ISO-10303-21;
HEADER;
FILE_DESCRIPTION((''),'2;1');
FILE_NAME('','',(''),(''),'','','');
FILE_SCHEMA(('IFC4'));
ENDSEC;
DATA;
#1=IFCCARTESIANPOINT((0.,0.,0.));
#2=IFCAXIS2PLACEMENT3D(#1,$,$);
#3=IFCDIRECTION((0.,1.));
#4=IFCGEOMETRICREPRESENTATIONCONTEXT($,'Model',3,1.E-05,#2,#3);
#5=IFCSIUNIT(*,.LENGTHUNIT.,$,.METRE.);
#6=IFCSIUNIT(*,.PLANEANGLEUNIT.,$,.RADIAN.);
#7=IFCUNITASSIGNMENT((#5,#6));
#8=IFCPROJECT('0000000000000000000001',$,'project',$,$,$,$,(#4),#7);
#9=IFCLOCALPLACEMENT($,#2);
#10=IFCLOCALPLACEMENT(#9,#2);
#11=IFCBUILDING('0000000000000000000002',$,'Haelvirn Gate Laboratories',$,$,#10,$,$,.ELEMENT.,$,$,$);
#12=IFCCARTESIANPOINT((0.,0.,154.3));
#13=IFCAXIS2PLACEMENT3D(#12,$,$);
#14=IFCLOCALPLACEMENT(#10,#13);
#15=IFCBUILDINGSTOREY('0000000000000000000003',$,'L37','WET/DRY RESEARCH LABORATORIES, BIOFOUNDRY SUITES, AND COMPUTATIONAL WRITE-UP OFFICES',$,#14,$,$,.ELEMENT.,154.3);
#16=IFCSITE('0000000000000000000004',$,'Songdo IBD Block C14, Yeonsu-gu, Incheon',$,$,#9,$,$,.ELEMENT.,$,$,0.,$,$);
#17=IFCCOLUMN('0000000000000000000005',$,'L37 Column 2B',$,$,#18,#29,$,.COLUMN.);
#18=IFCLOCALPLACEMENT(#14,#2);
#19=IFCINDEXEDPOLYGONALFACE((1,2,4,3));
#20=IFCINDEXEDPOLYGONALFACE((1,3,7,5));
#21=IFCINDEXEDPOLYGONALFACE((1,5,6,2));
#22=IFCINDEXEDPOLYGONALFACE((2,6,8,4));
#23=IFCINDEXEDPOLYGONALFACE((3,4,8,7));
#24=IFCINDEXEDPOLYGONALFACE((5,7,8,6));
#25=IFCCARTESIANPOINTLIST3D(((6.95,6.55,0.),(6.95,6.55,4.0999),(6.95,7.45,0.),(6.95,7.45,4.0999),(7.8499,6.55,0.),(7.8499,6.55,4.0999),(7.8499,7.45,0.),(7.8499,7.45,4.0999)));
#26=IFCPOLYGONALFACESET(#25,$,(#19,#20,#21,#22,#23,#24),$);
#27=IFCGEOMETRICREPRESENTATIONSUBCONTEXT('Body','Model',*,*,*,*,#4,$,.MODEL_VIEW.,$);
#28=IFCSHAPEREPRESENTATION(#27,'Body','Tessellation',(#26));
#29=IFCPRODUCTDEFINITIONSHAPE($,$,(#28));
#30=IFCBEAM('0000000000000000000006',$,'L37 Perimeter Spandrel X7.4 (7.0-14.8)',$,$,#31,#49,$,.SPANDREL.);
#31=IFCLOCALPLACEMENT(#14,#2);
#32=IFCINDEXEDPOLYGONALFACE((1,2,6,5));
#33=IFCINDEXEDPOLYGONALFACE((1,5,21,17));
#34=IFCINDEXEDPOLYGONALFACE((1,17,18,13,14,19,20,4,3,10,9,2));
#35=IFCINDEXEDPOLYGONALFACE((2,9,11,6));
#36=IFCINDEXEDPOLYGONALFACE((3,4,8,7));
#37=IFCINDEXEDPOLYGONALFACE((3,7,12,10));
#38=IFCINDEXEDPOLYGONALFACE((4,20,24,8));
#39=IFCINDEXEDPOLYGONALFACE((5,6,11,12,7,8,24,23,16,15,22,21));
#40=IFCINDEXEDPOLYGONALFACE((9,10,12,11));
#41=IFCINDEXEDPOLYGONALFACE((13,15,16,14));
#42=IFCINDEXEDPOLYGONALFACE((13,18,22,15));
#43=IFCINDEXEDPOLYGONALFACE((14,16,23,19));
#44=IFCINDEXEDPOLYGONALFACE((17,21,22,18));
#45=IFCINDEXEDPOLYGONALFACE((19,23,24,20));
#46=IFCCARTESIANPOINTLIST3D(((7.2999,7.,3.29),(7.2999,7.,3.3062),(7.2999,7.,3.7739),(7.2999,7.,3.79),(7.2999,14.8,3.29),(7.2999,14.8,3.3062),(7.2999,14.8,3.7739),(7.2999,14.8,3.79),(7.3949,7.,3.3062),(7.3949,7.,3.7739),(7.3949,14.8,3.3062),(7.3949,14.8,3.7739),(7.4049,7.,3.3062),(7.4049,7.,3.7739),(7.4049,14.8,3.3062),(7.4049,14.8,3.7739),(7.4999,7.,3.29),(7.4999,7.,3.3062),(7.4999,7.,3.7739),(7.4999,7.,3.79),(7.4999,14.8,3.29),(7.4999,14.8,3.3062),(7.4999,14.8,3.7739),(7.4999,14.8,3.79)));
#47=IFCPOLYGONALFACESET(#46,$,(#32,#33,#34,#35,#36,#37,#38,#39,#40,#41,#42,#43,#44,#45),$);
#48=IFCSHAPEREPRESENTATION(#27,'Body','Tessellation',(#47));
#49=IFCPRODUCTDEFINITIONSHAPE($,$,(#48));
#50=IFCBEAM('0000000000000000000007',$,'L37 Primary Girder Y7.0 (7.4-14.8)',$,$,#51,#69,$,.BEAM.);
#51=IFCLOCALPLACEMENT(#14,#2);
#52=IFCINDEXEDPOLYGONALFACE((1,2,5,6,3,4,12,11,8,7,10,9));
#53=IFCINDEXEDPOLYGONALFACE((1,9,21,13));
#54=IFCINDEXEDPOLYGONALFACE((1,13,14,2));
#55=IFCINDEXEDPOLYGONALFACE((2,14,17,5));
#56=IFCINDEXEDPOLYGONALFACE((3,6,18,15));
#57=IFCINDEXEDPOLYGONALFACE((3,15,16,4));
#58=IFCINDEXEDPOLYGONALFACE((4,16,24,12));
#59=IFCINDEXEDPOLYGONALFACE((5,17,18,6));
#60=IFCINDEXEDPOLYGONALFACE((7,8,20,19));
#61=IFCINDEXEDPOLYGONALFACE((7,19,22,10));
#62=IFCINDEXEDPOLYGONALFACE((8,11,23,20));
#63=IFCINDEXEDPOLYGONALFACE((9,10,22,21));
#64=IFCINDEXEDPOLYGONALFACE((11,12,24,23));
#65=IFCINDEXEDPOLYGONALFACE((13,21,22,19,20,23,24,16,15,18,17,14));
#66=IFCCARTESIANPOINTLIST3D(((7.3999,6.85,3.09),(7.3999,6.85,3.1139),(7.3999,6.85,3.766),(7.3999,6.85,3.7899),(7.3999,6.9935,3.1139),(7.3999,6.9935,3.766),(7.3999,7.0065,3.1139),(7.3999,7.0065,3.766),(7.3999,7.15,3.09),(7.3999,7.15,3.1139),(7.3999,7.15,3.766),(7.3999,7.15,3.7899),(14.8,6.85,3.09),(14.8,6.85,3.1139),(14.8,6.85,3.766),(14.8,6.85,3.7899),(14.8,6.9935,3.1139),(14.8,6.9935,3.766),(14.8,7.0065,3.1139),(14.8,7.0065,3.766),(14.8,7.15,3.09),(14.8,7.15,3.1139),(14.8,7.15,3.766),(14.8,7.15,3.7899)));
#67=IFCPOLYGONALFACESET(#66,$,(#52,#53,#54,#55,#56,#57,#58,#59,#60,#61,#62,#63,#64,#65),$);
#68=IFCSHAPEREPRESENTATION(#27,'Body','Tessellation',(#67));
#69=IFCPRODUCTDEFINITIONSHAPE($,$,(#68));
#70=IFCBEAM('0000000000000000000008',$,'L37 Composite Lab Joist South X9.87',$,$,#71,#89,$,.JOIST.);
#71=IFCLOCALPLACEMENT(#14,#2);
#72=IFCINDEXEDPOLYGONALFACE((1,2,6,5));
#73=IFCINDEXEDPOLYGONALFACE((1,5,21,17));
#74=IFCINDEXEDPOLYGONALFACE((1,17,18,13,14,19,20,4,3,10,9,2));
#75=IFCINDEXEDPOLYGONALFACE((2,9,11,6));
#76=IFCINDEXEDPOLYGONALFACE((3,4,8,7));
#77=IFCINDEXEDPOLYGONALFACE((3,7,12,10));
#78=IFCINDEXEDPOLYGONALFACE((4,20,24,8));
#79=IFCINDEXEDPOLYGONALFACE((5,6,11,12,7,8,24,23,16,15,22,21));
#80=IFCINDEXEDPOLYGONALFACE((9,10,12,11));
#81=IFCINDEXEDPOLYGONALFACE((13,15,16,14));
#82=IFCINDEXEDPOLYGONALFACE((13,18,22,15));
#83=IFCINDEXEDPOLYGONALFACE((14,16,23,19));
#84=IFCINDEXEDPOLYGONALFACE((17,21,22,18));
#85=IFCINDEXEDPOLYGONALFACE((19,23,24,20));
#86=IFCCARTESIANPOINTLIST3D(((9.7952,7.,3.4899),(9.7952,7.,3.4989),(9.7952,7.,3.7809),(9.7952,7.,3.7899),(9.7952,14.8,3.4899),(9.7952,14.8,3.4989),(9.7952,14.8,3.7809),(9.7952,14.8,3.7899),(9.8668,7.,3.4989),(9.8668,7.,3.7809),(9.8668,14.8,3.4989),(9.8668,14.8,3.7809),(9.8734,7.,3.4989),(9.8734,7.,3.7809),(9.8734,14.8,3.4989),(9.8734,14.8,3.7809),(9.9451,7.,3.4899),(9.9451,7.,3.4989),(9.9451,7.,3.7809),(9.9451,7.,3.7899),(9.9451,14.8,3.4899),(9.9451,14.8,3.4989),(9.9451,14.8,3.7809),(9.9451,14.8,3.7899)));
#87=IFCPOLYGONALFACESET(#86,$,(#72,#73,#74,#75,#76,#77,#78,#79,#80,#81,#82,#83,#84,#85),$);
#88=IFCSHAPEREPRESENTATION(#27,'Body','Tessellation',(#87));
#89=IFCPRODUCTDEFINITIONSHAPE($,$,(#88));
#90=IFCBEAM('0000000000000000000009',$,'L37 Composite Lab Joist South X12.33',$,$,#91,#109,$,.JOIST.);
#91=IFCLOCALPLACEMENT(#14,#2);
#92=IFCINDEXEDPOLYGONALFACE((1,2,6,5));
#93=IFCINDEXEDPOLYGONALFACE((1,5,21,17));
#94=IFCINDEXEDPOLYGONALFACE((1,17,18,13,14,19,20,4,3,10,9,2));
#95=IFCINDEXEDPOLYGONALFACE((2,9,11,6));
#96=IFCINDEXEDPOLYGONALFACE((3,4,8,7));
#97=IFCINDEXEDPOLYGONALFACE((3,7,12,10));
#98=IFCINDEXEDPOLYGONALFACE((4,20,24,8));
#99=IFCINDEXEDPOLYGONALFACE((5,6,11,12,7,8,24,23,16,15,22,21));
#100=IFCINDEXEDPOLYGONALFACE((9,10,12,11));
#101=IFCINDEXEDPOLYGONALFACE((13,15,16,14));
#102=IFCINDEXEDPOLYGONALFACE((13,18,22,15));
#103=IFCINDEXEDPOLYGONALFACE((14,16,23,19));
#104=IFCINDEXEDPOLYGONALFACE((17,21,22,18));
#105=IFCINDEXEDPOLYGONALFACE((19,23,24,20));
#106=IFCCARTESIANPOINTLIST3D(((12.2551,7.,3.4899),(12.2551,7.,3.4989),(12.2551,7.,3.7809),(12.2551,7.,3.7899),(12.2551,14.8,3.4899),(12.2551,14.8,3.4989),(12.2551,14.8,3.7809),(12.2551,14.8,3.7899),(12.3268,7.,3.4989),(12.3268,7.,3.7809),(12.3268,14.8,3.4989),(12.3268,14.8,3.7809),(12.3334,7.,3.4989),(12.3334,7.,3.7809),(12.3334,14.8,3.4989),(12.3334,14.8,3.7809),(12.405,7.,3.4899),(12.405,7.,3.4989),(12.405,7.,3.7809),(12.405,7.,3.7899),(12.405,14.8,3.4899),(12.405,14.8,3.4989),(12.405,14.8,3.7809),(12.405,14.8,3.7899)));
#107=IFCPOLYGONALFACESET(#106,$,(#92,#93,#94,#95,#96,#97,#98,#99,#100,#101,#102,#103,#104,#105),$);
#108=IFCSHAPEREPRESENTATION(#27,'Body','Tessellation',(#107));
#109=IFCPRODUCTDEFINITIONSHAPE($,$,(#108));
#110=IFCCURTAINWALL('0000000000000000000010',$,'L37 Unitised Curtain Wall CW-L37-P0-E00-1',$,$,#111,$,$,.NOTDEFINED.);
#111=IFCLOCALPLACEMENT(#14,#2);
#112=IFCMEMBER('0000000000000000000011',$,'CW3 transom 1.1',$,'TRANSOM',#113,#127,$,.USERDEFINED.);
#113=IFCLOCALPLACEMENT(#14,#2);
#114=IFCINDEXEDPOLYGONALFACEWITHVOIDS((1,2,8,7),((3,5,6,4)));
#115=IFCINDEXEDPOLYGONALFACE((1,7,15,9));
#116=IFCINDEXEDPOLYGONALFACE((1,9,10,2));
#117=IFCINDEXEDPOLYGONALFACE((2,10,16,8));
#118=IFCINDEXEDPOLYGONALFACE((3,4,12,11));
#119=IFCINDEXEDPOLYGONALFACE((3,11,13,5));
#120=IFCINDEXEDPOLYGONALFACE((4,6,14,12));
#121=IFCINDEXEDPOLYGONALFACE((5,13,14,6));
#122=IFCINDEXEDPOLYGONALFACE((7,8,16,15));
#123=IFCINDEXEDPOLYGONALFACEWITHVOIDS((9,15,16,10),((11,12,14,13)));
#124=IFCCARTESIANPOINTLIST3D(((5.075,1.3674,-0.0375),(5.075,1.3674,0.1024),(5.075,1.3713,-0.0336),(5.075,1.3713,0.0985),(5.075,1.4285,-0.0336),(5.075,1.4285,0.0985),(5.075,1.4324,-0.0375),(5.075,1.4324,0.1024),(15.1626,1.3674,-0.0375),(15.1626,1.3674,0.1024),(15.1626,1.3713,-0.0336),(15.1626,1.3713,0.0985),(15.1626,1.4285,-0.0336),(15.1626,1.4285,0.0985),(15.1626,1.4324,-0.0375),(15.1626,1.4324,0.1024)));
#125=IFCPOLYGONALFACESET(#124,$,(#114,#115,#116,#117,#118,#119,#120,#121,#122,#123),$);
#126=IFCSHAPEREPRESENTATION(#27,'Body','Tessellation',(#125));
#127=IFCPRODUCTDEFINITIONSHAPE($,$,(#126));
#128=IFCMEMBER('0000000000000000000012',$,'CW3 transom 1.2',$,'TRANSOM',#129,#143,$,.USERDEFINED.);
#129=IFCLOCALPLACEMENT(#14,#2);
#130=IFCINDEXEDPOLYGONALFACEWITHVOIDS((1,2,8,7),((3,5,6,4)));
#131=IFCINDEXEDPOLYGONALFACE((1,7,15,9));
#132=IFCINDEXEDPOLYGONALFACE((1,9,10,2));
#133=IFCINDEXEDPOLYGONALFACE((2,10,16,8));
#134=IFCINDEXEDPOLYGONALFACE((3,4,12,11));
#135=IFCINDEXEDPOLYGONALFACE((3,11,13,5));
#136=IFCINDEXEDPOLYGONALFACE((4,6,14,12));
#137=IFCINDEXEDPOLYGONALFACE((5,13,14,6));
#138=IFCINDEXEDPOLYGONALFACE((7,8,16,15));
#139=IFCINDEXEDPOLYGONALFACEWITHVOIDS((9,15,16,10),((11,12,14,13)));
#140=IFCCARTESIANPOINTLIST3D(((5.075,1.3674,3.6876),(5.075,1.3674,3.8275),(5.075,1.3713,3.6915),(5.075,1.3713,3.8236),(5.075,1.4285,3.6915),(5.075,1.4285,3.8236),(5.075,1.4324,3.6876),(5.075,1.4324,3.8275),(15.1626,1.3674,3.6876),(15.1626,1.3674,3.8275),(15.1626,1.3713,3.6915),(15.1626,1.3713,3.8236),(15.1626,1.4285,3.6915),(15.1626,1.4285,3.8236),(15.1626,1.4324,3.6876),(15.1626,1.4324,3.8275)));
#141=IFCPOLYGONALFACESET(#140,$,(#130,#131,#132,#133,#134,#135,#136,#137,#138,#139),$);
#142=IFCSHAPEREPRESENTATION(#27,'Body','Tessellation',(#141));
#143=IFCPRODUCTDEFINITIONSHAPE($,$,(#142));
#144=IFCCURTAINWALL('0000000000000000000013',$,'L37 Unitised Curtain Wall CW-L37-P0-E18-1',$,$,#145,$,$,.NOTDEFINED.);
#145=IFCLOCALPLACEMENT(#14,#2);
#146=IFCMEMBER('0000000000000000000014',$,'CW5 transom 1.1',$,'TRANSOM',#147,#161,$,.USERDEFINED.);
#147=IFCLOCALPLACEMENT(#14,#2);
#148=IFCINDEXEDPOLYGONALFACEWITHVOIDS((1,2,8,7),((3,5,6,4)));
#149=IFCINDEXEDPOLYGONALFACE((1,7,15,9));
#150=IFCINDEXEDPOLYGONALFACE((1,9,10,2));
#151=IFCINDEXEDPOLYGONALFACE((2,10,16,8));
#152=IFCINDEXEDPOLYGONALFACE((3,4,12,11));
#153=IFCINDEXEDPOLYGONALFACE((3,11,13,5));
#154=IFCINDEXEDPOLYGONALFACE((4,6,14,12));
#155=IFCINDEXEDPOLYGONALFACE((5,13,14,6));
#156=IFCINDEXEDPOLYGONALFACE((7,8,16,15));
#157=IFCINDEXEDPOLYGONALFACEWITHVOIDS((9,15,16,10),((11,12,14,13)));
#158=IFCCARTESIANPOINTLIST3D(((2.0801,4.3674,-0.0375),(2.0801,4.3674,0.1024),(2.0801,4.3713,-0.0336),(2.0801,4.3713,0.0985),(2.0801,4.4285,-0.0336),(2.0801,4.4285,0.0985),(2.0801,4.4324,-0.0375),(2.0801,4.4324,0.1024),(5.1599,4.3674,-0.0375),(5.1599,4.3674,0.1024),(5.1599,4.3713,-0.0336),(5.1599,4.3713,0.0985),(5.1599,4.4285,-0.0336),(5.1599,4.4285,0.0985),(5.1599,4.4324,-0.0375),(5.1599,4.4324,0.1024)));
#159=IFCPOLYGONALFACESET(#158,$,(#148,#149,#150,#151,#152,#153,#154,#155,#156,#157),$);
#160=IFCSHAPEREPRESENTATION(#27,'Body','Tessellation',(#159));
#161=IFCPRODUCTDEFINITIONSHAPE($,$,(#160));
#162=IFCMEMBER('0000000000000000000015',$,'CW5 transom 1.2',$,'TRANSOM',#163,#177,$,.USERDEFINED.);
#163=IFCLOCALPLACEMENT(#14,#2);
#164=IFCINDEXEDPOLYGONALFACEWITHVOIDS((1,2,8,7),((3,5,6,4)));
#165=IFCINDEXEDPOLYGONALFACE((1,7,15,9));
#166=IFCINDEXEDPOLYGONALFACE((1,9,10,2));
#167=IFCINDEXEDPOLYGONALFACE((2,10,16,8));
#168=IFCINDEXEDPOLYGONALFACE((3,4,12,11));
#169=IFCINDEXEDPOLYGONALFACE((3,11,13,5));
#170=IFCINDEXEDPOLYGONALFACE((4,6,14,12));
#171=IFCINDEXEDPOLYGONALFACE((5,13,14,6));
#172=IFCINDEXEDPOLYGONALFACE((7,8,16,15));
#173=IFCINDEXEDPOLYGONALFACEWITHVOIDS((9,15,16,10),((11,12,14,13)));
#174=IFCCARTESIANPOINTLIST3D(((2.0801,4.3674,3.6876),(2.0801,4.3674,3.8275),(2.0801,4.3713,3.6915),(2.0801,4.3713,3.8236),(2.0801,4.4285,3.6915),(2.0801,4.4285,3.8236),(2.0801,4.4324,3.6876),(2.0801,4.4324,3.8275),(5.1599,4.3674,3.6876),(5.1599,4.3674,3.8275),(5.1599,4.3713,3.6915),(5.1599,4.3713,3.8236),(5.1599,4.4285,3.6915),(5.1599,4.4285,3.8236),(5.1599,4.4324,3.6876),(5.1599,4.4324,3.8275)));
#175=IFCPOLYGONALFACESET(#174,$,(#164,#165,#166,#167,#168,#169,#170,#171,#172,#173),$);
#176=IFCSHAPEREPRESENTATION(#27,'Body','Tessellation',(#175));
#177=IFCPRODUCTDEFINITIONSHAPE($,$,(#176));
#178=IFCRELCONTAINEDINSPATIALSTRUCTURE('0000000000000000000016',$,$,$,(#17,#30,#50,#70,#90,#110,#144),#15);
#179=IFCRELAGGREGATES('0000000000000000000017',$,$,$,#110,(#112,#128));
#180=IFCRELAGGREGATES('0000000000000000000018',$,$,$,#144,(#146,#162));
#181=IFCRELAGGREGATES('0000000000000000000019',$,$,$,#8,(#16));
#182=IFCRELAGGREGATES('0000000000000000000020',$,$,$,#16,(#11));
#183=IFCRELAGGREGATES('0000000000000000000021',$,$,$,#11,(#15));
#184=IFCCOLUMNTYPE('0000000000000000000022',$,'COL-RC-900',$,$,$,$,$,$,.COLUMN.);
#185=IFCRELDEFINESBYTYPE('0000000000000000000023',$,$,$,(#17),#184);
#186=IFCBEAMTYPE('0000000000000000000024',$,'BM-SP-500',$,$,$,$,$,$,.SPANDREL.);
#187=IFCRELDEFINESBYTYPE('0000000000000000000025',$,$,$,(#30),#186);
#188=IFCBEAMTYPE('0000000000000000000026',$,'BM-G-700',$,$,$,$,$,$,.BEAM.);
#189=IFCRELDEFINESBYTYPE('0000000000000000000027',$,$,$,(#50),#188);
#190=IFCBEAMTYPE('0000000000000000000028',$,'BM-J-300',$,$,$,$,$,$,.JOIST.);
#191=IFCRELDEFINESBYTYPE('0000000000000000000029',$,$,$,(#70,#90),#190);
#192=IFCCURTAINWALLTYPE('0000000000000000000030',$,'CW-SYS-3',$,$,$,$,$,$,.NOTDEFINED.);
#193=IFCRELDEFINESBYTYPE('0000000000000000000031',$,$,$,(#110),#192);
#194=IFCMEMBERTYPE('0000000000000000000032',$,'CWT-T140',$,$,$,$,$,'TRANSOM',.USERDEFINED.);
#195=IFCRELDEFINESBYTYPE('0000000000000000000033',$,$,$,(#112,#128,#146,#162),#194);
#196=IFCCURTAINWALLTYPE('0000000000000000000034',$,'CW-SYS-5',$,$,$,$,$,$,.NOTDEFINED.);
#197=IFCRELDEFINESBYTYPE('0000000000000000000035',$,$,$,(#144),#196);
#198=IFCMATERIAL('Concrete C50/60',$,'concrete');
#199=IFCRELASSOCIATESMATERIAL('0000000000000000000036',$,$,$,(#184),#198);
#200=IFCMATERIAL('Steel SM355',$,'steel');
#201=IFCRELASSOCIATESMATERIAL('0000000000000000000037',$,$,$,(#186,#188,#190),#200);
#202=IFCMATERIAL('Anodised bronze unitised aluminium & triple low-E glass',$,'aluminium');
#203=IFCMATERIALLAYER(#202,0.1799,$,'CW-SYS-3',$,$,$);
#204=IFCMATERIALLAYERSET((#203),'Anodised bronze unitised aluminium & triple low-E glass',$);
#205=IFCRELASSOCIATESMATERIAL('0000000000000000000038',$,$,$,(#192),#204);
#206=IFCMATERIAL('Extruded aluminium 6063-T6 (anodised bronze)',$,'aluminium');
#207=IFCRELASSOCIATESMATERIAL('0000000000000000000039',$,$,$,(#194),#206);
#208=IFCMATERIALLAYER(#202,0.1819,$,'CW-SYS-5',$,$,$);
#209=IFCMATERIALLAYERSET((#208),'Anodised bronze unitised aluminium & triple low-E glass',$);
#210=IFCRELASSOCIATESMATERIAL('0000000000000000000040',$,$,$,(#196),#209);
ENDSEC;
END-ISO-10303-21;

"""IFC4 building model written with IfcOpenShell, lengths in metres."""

from ifc_helpers import new_model, si_unit, direction, frame, origin, origin_2d, place, context, subcontext, project, spatial, rectangle, hollow_rectangle, i_section, extrude, source, transform, mapped, material, layer, layer_set, material_profile, profile_set, type_object, type_shapes, element, aggregate, save


model = new_model("IFC4")

# Units and contexts
model_context = context("Model", 3, precision=1e-05, world=origin(), true_north=direction((0.0, 1.0)))
body_context = subcontext(model_context, "Body", "Model", "MODEL_VIEW")
ifc_project = project(units=[si_unit("LENGTHUNIT", "METRE"), si_unit("PLANEANGLEUNIT", "RADIAN")], contexts=[model_context])

# Site, building, storey
site_placement = place(None, origin())
site = spatial("IfcSite", under=ifc_project, at=site_placement, Name="Songdo IBD Block C14, Yeonsu-gu, Incheon", CompositionType="ELEMENT", RefElevation=0.0)
building_placement = place(site_placement, origin())
building = spatial("IfcBuilding", under=site, at=building_placement, Name="Haelvirn Gate Laboratories", CompositionType="ELEMENT")
storey_placement = place(building_placement, frame((0.0, 0.0, 154.3)))
storey = spatial("IfcBuildingStorey", under=building, at=storey_placement, Name="L37", Description="WET/DRY RESEARCH LABORATORIES, BIOFOUNDRY SUITES, AND COMPUTATIONAL WRITE-UP OFFICES", CompositionType="ELEMENT", Elevation=154.3)

# Column
ifc_material_1 = material(Name="Concrete C50/60", Category="concrete")
ifc_material_profile_1 = material_profile(ifc_material_1, rectangle(XDim=0.8999, YDim=0.8999, at=origin_2d()), Name="RC-900x900")
ifc_profile_set_1 = profile_set([ifc_material_profile_1], Name="Concrete C50/60")
column_type = type_object("IfcColumnType", Name="COL-RC-900", PredefinedType="COLUMN", material=ifc_profile_set_1)
shared_shape_1 = source(origin(), body_context, "Body", "SweptSolid", [
    extrude(rectangle(XDim=0.8999, YDim=0.8999, at=origin_2d()), origin(), (0.0, 0.0, 1.0), 4.0999),
])
type_shapes(column_type, [shared_shape_1])
column_placement = place(storey_placement, frame((7.3999, 7.0, 0.0), z_axis=(0.0, 0.0, 1.0), x_axis=(1.0, 0.0, 0.0)))
element("IfcColumn", 1, at=column_placement, inside=storey, type_object=column_type, Name="L37 Column 2B", PredefinedType="COLUMN", context=body_context, shape_type="MappedRepresentation", body=[
    mapped(shared_shape_1, transform((0.0, 0.0, 0.0), scale=1.0)),
])

# Beams
ifc_material_2 = material(Name="Steel SM355", Category="steel")
ifc_material_profile_2 = material_profile(ifc_material_2, i_section(OverallWidth=0.2, OverallDepth=0.5, WebThickness=0.01, FlangeThickness=0.0161, at=origin_2d()), Name="H-500x200x10x16")
ifc_profile_set_2 = profile_set([ifc_material_profile_2], Name="Steel SM355")
beam_type_1 = type_object("IfcBeamType", Name="BM-SP-500", PredefinedType="SPANDREL", material=ifc_profile_set_2)
shared_shape_2 = source(origin(), body_context, "Body", "SweptSolid", [
    extrude(i_section(OverallWidth=0.2, OverallDepth=0.5, WebThickness=0.01, FlangeThickness=0.0161, at=origin_2d()), origin(), (0.0, 0.0, 1.0), 7.8),
])
type_shapes(beam_type_1, [shared_shape_2])
beam_1_placement = place(storey_placement, frame((7.3999, 7.0, 3.54), z_axis=(0.0, 1.0, 0.0), x_axis=(-1.0, 0.0, 0.0)))
element("IfcBeam", 2, at=beam_1_placement, inside=storey, type_object=beam_type_1, Name="L37 Perimeter Spandrel X7.4 (7.0-14.8)", PredefinedType="SPANDREL", context=body_context, shape_type="MappedRepresentation", body=[
    mapped(shared_shape_2, transform((0.0, 0.0, 0.0), scale=1.0)),
])
ifc_material_profile_3 = material_profile(ifc_material_2, i_section(OverallWidth=0.3, OverallDepth=0.7, WebThickness=0.0129, FlangeThickness=0.0239, at=origin_2d()), Name="H-700x300x13x24")
ifc_profile_set_3 = profile_set([ifc_material_profile_3], Name="Steel SM355")
beam_type_2 = type_object("IfcBeamType", Name="BM-G-700", PredefinedType="BEAM", material=ifc_profile_set_3)
shared_shape_3 = source(origin(), body_context, "Body", "SweptSolid", [
    extrude(i_section(OverallWidth=0.3, OverallDepth=0.7, WebThickness=0.0129, FlangeThickness=0.0239, at=origin_2d()), origin(), (0.0, 0.0, 1.0), 7.4001),
])
type_shapes(beam_type_2, [shared_shape_3])
beam_2_placement = place(storey_placement, frame((7.3999, 7.0, 3.4399), z_axis=(1.0, 0.0, 0.0), x_axis=(0.0, 1.0, 0.0)))
element("IfcBeam", 3, at=beam_2_placement, inside=storey, type_object=beam_type_2, Name="L37 Primary Girder Y7.0 (7.4-14.8)", PredefinedType="BEAM", context=body_context, shape_type="MappedRepresentation", body=[
    mapped(shared_shape_3, transform((0.0, 0.0, 0.0), scale=1.0)),
])
ifc_material_profile_4 = material_profile(ifc_material_2, i_section(OverallWidth=0.1499, OverallDepth=0.3, WebThickness=0.0066, FlangeThickness=0.009, at=origin_2d()), Name="H-300x150x6.5x9")
ifc_profile_set_4 = profile_set([ifc_material_profile_4], Name="Steel SM355")
beam_type_3 = type_object("IfcBeamType", Name="BM-J-300", PredefinedType="JOIST", material=ifc_profile_set_4)
shared_shape_4 = source(origin(), body_context, "Body", "SweptSolid", [
    extrude(i_section(OverallWidth=0.1499, OverallDepth=0.3, WebThickness=0.0066, FlangeThickness=0.009, at=origin_2d()), origin(), (0.0, 0.0, 1.0), 7.8),
])
type_shapes(beam_type_3, [shared_shape_4])
for number, where, z_axis, x_axis, name in (
    (4, (9.8701, 7.0, 3.6399), (0.0, 1.0, 0.0), (-1.0, 0.0, 0.0), "L37 Composite Lab Joist South X9.87"),
    (5, (12.3301, 7.0, 3.6399), (0.0, 1.0, 0.0), (-1.0, 0.0, 0.0), "L37 Composite Lab Joist South X12.33"),
):
    element("IfcBeam", number, at=place(storey_placement, frame(where, z_axis=z_axis, x_axis=x_axis)), inside=storey, type_object=beam_type_3, Name=name, PredefinedType="JOIST", context=body_context, shape_type="MappedRepresentation", body=[
        mapped(shared_shape_4, transform((0.0, 0.0, 0.0), scale=1.0)),
    ])

# Curtain walls, members
ifc_material_3 = material(Name="Anodised bronze unitised aluminium & triple low-E glass", Category="aluminium")
ifc_layer_1 = layer(ifc_material_3, 0.1799, Name="CW-SYS-3")
ifc_layer_set_1 = layer_set([ifc_layer_1], Name="Anodised bronze unitised aluminium & triple low-E glass")
curtain_wall_type_1 = type_object("IfcCurtainWallType", Name="CW-SYS-3", PredefinedType="NOTDEFINED", material=ifc_layer_set_1)
curtain_wall_1_placement = place(storey_placement, origin())
curtain_wall_1 = element("IfcCurtainWall", 6, at=curtain_wall_1_placement, inside=storey, type_object=curtain_wall_type_1, Name="L37 Unitised Curtain Wall CW-L37-P0-E00-1", PredefinedType="NOTDEFINED")
ifc_material_4 = material(Name="Extruded aluminium 6063-T6 (anodised bronze)", Category="aluminium")
ifc_material_profile_5 = material_profile(ifc_material_4, hollow_rectangle(XDim=0.0649, YDim=0.1399, WallThickness=0.0039, at=origin_2d()), Name="CWT-140x65x4")
ifc_profile_set_5 = profile_set([ifc_material_profile_5], Name="Extruded aluminium 6063-T6 (anodised bronze)")
member_type_1 = type_object("IfcMemberType", Name="CWT-T140", ElementType="TRANSOM", PredefinedType="USERDEFINED", material=ifc_profile_set_5)
shared_shape_5 = source(origin(), body_context, "Body", "SweptSolid", [
    extrude(hollow_rectangle(XDim=0.0649, YDim=0.1399, WallThickness=0.0039, at=origin_2d()), origin(), (0.0, 0.0, 1.0), 10.0876),
])
member_1_placement = place(storey_placement, frame((5.075, 1.3999, 0.0325), z_axis=(1.0, 0.0, 0.0), x_axis=(0.0, 1.0, 0.0)))
member_1 = element("IfcMember", 7, at=member_1_placement, type_object=member_type_1, Name="CW3 transom 1.1", ObjectType="TRANSOM", PredefinedType="USERDEFINED", context=body_context, shape_type="MappedRepresentation", body=[
    mapped(shared_shape_5, transform((0.0, 0.0, 0.0), scale=1.0)),
])
member_2_placement = place(storey_placement, frame((5.075, 1.3999, 3.7576), z_axis=(1.0, 0.0, 0.0), x_axis=(0.0, 1.0, 0.0)))
member_2 = element("IfcMember", 8, at=member_2_placement, type_object=member_type_1, Name="CW3 transom 1.2", ObjectType="TRANSOM", PredefinedType="USERDEFINED", context=body_context, shape_type="MappedRepresentation", body=[
    mapped(shared_shape_5, transform((0.0, 0.0, 0.0), scale=1.0)),
])
ifc_layer_2 = layer(ifc_material_3, 0.1819, Name="CW-SYS-5")
ifc_layer_set_2 = layer_set([ifc_layer_2], Name="Anodised bronze unitised aluminium & triple low-E glass")
curtain_wall_type_2 = type_object("IfcCurtainWallType", Name="CW-SYS-5", PredefinedType="NOTDEFINED", material=ifc_layer_set_2)
curtain_wall_2_placement = place(storey_placement, origin())
curtain_wall_2 = element("IfcCurtainWall", 9, at=curtain_wall_2_placement, inside=storey, type_object=curtain_wall_type_2, Name="L37 Unitised Curtain Wall CW-L37-P0-E18-1", PredefinedType="NOTDEFINED")
shared_shape_6 = source(origin(), body_context, "Body", "SweptSolid", [
    extrude(hollow_rectangle(XDim=0.0649, YDim=0.1399, WallThickness=0.0039, at=origin_2d()), origin(), (0.0, 0.0, 1.0), 3.0798),
])
type_shapes(member_type_1, [shared_shape_5, shared_shape_6])
member_3_placement = place(storey_placement, frame((2.0801, 4.3999, 0.0325), z_axis=(1.0, 0.0, 0.0), x_axis=(0.0, 1.0, 0.0)))
member_3 = element("IfcMember", 10, at=member_3_placement, type_object=member_type_1, Name="CW5 transom 1.1", ObjectType="TRANSOM", PredefinedType="USERDEFINED", context=body_context, shape_type="MappedRepresentation", body=[
    mapped(shared_shape_6, transform((0.0, 0.0, 0.0), scale=1.0)),
])
member_4_placement = place(storey_placement, frame((2.0801, 4.3999, 3.7576), z_axis=(1.0, 0.0, 0.0), x_axis=(0.0, 1.0, 0.0)))
member_4 = element("IfcMember", 11, at=member_4_placement, type_object=member_type_1, Name="CW5 transom 1.2", ObjectType="TRANSOM", PredefinedType="USERDEFINED", context=body_context, shape_type="MappedRepresentation", body=[
    mapped(shared_shape_6, transform((0.0, 0.0, 0.0), scale=1.0)),
])

aggregate(curtain_wall_1, [member_1, member_2])
aggregate(curtain_wall_2, [member_3, member_4])

save(model, "model.ifc")
